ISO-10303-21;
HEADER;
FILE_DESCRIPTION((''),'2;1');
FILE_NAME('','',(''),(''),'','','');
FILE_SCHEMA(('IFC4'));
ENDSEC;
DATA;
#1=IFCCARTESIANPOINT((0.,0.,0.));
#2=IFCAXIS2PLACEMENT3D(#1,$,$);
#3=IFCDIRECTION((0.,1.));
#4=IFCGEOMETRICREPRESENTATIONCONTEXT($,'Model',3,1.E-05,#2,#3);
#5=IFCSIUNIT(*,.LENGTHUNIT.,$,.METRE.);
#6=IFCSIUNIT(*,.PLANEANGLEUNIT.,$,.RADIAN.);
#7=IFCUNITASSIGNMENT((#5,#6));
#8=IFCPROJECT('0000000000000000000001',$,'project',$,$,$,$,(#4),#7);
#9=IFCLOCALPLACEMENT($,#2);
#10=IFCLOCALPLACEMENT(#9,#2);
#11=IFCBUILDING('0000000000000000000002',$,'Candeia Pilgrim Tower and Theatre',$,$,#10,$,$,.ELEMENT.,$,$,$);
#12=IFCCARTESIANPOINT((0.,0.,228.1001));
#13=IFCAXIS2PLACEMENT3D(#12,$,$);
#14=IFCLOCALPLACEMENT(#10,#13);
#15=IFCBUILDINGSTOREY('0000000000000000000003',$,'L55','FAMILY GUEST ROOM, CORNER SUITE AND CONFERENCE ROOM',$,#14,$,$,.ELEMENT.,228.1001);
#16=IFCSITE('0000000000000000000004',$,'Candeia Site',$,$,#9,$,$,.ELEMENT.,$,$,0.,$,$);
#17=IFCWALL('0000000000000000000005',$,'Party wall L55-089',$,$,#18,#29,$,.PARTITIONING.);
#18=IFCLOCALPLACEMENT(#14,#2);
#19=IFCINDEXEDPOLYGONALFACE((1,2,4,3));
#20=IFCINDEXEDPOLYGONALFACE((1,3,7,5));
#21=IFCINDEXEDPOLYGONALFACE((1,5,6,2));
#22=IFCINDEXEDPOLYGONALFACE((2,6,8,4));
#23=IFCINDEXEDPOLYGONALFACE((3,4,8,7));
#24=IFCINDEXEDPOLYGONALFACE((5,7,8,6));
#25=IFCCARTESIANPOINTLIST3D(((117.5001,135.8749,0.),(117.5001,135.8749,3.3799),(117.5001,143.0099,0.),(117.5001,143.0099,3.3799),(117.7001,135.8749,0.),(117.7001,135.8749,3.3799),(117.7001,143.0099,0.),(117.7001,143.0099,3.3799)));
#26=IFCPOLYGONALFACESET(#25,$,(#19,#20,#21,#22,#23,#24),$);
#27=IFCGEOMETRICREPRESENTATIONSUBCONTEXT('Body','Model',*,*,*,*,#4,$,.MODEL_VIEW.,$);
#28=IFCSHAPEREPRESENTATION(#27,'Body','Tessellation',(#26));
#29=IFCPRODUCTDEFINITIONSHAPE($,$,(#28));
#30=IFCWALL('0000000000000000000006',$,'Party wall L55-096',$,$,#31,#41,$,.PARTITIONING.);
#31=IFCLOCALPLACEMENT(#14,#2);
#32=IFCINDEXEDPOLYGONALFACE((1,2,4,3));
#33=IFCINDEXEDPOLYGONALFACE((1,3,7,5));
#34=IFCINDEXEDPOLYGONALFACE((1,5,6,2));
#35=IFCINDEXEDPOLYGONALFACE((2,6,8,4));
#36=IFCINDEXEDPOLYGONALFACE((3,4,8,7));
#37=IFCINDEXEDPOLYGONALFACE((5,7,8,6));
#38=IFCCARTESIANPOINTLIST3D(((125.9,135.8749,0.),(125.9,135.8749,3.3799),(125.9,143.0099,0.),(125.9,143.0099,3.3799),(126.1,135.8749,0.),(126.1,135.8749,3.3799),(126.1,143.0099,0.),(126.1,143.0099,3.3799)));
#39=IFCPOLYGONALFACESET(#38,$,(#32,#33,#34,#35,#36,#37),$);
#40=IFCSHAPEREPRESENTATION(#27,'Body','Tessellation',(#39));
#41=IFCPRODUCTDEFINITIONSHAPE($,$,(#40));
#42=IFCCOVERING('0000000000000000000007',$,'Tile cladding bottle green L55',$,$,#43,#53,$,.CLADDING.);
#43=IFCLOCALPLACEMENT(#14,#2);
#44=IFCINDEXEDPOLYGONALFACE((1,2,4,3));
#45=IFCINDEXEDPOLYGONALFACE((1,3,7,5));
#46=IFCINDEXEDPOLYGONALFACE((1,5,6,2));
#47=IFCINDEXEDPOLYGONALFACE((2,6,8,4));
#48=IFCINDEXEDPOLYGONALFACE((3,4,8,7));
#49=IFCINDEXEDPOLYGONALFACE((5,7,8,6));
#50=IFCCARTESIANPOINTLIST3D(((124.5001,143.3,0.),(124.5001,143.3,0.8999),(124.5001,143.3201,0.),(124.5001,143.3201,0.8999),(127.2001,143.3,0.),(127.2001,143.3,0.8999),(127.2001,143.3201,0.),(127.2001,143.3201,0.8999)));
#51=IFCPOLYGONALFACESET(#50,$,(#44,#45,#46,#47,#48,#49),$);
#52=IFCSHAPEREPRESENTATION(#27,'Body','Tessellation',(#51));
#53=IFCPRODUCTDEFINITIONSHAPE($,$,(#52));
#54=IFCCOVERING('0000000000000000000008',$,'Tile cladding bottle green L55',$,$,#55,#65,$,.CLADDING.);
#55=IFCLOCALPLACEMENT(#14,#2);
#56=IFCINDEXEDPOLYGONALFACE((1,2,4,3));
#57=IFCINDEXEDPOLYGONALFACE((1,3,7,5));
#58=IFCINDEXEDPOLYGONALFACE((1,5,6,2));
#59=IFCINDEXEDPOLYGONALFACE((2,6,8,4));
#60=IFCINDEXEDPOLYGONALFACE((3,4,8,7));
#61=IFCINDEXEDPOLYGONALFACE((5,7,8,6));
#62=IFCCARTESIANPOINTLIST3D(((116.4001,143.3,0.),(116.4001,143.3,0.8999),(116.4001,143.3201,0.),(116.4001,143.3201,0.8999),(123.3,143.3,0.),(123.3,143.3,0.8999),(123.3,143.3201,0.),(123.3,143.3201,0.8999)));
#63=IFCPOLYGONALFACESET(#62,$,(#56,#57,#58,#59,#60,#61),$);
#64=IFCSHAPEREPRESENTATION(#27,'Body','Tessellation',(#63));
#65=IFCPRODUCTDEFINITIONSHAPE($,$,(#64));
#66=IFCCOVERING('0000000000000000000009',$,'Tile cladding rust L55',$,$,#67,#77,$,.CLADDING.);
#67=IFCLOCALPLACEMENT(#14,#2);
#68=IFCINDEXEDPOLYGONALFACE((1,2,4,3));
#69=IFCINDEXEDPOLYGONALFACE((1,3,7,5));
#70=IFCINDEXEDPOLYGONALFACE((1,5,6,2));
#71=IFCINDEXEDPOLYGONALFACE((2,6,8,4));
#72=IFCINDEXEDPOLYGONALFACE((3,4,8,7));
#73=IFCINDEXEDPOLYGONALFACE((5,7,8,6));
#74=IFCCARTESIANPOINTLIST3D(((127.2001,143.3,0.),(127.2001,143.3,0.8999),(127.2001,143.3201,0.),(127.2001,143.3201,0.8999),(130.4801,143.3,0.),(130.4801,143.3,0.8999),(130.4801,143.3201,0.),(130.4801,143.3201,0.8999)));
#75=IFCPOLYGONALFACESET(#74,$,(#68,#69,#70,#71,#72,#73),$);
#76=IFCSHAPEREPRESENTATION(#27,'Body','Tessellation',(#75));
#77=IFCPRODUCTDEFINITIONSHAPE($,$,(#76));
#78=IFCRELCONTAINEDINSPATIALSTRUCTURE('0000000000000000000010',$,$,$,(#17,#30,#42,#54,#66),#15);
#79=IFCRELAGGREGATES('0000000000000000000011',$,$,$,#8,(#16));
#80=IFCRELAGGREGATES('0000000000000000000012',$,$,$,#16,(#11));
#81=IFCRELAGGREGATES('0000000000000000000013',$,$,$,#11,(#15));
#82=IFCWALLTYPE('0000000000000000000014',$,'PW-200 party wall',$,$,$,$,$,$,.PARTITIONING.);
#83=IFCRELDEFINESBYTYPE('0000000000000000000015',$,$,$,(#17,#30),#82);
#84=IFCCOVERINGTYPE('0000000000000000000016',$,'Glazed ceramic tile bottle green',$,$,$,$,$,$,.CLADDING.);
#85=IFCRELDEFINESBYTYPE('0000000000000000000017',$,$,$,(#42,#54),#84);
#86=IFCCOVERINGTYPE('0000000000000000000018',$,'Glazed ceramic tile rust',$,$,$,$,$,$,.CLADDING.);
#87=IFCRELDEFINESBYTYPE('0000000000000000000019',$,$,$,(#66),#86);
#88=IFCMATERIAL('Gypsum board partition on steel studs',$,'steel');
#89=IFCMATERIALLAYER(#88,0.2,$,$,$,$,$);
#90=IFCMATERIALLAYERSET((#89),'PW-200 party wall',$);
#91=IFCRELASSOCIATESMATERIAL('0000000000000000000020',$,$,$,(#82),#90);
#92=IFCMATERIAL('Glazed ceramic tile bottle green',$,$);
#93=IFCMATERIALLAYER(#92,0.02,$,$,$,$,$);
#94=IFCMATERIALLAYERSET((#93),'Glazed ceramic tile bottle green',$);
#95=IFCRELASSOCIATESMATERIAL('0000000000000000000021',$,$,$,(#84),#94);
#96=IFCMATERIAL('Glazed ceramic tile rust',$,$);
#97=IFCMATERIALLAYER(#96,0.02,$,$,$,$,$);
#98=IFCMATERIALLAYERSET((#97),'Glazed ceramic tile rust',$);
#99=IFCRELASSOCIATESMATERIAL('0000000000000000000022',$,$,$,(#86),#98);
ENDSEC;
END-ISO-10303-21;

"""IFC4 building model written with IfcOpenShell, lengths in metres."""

from ifc_helpers import new_model, si_unit, direction, frame, frame_2d, origin, origin_2d, place, context, subcontext, project, spatial, rectangle, extrude, material, layer, layer_set, type_object, element, save


model = new_model("IFC4")

# Units and contexts
model_context = context("Model", 3, precision=1e-05, world=origin(), true_north=direction((0.0, 1.0)))
body_context = subcontext(model_context, "Body", "Model", "MODEL_VIEW")
ifc_project = project(units=[si_unit("LENGTHUNIT", "METRE"), si_unit("PLANEANGLEUNIT", "RADIAN")], contexts=[model_context])

# Site, building, storey
site_placement = place(None, origin())
site = spatial("IfcSite", under=ifc_project, at=site_placement, Name="Candeia Site", CompositionType="ELEMENT", RefElevation=0.0)
building_placement = place(site_placement, origin())
building = spatial("IfcBuilding", under=site, at=building_placement, Name="Candeia Pilgrim Tower and Theatre", CompositionType="ELEMENT")
storey_placement = place(building_placement, frame((0.0, 0.0, 228.1001)))
storey = spatial("IfcBuildingStorey", under=building, at=storey_placement, Name="L55", Description="FAMILY GUEST ROOM, CORNER SUITE AND CONFERENCE ROOM", CompositionType="ELEMENT", Elevation=228.1001)

# Shared definitions
ifc_material_1 = material(Name="Gypsum board partition on steel studs", Category="steel")

# Walls
ifc_layer_1 = layer(ifc_material_1, 0.2)
ifc_layer_set_1 = layer_set([ifc_layer_1], Name="PW-200 party wall")
wall_type_1 = type_object("IfcWallType", Name="PW-200 party wall", PredefinedType="PARTITIONING", material=ifc_layer_set_1)
for number, where, z_axis, x_axis, name in (
    (1, (117.6001, 135.875, 0.0), (0.0, 0.0, 1.0), (0.0, 1.0, 0.0), "Party wall L55-089"),
    (2, (126.0, 135.875, 0.0), (0.0, 0.0, 1.0), (0.0, 1.0, 0.0), "Party wall L55-096"),
):
    element("IfcWall", number, at=place(storey_placement, frame(where, z_axis=z_axis, x_axis=x_axis)), inside=storey, type_object=wall_type_1, Name=name, PredefinedType="PARTITIONING", context=body_context, shape_type="SweptSolid", body=[
        extrude(rectangle(XDim=7.135, YDim=0.2, at=frame_2d((3.5674, 0.0))), origin(), (0.0, 0.0, 1.0), 3.3799),
    ])

# Coverings
ifc_material_2 = material(Name="Glazed ceramic tile bottle green")
ifc_layer_2 = layer(ifc_material_2, 0.02)
ifc_layer_set_2 = layer_set([ifc_layer_2], Name="Glazed ceramic tile bottle green")
covering_type_1 = type_object("IfcCoveringType", Name="Glazed ceramic tile bottle green", PredefinedType="CLADDING", material=ifc_layer_set_2)
covering_1_placement = place(storey_placement, frame((125.8501, 143.3101, 0.0), z_axis=(0.0, 0.0, 1.0), x_axis=(-1.0, 0.0, 0.0)))
element("IfcCovering", 3, at=covering_1_placement, inside=storey, type_object=covering_type_1, Name="Tile cladding bottle green L55", PredefinedType="CLADDING", context=body_context, shape_type="SweptSolid", body=[
    extrude(rectangle(XDim=2.7, YDim=0.02, at=origin_2d()), origin(), (0.0, 0.0, 1.0), 0.8999),
])
covering_2_placement = place(storey_placement, frame((119.8501, 143.3101, 0.0), z_axis=(0.0, 0.0, 1.0), x_axis=(-1.0, 0.0, 0.0)))
element("IfcCovering", 4, at=covering_2_placement, inside=storey, type_object=covering_type_1, Name="Tile cladding bottle green L55", PredefinedType="CLADDING", context=body_context, shape_type="SweptSolid", body=[
    extrude(rectangle(XDim=6.8999, YDim=0.02, at=origin_2d()), origin(), (0.0, 0.0, 1.0), 0.8999),
])
ifc_material_3 = material(Name="Glazed ceramic tile rust")
ifc_layer_3 = layer(ifc_material_3, 0.02)
ifc_layer_set_3 = layer_set([ifc_layer_3], Name="Glazed ceramic tile rust")
covering_type_2 = type_object("IfcCoveringType", Name="Glazed ceramic tile rust", PredefinedType="CLADDING", material=ifc_layer_set_3)
covering_3_placement = place(storey_placement, frame((128.8401, 143.3101, 0.0), z_axis=(0.0, 0.0, 1.0), x_axis=(-1.0, 0.0, 0.0)))
element("IfcCovering", 5, at=covering_3_placement, inside=storey, type_object=covering_type_2, Name="Tile cladding rust L55", PredefinedType="CLADDING", context=body_context, shape_type="SweptSolid", body=[
    extrude(rectangle(XDim=3.28, YDim=0.02, at=origin_2d()), origin(), (0.0, 0.0, 1.0), 0.8999),
])

save(model, "model.ifc")
